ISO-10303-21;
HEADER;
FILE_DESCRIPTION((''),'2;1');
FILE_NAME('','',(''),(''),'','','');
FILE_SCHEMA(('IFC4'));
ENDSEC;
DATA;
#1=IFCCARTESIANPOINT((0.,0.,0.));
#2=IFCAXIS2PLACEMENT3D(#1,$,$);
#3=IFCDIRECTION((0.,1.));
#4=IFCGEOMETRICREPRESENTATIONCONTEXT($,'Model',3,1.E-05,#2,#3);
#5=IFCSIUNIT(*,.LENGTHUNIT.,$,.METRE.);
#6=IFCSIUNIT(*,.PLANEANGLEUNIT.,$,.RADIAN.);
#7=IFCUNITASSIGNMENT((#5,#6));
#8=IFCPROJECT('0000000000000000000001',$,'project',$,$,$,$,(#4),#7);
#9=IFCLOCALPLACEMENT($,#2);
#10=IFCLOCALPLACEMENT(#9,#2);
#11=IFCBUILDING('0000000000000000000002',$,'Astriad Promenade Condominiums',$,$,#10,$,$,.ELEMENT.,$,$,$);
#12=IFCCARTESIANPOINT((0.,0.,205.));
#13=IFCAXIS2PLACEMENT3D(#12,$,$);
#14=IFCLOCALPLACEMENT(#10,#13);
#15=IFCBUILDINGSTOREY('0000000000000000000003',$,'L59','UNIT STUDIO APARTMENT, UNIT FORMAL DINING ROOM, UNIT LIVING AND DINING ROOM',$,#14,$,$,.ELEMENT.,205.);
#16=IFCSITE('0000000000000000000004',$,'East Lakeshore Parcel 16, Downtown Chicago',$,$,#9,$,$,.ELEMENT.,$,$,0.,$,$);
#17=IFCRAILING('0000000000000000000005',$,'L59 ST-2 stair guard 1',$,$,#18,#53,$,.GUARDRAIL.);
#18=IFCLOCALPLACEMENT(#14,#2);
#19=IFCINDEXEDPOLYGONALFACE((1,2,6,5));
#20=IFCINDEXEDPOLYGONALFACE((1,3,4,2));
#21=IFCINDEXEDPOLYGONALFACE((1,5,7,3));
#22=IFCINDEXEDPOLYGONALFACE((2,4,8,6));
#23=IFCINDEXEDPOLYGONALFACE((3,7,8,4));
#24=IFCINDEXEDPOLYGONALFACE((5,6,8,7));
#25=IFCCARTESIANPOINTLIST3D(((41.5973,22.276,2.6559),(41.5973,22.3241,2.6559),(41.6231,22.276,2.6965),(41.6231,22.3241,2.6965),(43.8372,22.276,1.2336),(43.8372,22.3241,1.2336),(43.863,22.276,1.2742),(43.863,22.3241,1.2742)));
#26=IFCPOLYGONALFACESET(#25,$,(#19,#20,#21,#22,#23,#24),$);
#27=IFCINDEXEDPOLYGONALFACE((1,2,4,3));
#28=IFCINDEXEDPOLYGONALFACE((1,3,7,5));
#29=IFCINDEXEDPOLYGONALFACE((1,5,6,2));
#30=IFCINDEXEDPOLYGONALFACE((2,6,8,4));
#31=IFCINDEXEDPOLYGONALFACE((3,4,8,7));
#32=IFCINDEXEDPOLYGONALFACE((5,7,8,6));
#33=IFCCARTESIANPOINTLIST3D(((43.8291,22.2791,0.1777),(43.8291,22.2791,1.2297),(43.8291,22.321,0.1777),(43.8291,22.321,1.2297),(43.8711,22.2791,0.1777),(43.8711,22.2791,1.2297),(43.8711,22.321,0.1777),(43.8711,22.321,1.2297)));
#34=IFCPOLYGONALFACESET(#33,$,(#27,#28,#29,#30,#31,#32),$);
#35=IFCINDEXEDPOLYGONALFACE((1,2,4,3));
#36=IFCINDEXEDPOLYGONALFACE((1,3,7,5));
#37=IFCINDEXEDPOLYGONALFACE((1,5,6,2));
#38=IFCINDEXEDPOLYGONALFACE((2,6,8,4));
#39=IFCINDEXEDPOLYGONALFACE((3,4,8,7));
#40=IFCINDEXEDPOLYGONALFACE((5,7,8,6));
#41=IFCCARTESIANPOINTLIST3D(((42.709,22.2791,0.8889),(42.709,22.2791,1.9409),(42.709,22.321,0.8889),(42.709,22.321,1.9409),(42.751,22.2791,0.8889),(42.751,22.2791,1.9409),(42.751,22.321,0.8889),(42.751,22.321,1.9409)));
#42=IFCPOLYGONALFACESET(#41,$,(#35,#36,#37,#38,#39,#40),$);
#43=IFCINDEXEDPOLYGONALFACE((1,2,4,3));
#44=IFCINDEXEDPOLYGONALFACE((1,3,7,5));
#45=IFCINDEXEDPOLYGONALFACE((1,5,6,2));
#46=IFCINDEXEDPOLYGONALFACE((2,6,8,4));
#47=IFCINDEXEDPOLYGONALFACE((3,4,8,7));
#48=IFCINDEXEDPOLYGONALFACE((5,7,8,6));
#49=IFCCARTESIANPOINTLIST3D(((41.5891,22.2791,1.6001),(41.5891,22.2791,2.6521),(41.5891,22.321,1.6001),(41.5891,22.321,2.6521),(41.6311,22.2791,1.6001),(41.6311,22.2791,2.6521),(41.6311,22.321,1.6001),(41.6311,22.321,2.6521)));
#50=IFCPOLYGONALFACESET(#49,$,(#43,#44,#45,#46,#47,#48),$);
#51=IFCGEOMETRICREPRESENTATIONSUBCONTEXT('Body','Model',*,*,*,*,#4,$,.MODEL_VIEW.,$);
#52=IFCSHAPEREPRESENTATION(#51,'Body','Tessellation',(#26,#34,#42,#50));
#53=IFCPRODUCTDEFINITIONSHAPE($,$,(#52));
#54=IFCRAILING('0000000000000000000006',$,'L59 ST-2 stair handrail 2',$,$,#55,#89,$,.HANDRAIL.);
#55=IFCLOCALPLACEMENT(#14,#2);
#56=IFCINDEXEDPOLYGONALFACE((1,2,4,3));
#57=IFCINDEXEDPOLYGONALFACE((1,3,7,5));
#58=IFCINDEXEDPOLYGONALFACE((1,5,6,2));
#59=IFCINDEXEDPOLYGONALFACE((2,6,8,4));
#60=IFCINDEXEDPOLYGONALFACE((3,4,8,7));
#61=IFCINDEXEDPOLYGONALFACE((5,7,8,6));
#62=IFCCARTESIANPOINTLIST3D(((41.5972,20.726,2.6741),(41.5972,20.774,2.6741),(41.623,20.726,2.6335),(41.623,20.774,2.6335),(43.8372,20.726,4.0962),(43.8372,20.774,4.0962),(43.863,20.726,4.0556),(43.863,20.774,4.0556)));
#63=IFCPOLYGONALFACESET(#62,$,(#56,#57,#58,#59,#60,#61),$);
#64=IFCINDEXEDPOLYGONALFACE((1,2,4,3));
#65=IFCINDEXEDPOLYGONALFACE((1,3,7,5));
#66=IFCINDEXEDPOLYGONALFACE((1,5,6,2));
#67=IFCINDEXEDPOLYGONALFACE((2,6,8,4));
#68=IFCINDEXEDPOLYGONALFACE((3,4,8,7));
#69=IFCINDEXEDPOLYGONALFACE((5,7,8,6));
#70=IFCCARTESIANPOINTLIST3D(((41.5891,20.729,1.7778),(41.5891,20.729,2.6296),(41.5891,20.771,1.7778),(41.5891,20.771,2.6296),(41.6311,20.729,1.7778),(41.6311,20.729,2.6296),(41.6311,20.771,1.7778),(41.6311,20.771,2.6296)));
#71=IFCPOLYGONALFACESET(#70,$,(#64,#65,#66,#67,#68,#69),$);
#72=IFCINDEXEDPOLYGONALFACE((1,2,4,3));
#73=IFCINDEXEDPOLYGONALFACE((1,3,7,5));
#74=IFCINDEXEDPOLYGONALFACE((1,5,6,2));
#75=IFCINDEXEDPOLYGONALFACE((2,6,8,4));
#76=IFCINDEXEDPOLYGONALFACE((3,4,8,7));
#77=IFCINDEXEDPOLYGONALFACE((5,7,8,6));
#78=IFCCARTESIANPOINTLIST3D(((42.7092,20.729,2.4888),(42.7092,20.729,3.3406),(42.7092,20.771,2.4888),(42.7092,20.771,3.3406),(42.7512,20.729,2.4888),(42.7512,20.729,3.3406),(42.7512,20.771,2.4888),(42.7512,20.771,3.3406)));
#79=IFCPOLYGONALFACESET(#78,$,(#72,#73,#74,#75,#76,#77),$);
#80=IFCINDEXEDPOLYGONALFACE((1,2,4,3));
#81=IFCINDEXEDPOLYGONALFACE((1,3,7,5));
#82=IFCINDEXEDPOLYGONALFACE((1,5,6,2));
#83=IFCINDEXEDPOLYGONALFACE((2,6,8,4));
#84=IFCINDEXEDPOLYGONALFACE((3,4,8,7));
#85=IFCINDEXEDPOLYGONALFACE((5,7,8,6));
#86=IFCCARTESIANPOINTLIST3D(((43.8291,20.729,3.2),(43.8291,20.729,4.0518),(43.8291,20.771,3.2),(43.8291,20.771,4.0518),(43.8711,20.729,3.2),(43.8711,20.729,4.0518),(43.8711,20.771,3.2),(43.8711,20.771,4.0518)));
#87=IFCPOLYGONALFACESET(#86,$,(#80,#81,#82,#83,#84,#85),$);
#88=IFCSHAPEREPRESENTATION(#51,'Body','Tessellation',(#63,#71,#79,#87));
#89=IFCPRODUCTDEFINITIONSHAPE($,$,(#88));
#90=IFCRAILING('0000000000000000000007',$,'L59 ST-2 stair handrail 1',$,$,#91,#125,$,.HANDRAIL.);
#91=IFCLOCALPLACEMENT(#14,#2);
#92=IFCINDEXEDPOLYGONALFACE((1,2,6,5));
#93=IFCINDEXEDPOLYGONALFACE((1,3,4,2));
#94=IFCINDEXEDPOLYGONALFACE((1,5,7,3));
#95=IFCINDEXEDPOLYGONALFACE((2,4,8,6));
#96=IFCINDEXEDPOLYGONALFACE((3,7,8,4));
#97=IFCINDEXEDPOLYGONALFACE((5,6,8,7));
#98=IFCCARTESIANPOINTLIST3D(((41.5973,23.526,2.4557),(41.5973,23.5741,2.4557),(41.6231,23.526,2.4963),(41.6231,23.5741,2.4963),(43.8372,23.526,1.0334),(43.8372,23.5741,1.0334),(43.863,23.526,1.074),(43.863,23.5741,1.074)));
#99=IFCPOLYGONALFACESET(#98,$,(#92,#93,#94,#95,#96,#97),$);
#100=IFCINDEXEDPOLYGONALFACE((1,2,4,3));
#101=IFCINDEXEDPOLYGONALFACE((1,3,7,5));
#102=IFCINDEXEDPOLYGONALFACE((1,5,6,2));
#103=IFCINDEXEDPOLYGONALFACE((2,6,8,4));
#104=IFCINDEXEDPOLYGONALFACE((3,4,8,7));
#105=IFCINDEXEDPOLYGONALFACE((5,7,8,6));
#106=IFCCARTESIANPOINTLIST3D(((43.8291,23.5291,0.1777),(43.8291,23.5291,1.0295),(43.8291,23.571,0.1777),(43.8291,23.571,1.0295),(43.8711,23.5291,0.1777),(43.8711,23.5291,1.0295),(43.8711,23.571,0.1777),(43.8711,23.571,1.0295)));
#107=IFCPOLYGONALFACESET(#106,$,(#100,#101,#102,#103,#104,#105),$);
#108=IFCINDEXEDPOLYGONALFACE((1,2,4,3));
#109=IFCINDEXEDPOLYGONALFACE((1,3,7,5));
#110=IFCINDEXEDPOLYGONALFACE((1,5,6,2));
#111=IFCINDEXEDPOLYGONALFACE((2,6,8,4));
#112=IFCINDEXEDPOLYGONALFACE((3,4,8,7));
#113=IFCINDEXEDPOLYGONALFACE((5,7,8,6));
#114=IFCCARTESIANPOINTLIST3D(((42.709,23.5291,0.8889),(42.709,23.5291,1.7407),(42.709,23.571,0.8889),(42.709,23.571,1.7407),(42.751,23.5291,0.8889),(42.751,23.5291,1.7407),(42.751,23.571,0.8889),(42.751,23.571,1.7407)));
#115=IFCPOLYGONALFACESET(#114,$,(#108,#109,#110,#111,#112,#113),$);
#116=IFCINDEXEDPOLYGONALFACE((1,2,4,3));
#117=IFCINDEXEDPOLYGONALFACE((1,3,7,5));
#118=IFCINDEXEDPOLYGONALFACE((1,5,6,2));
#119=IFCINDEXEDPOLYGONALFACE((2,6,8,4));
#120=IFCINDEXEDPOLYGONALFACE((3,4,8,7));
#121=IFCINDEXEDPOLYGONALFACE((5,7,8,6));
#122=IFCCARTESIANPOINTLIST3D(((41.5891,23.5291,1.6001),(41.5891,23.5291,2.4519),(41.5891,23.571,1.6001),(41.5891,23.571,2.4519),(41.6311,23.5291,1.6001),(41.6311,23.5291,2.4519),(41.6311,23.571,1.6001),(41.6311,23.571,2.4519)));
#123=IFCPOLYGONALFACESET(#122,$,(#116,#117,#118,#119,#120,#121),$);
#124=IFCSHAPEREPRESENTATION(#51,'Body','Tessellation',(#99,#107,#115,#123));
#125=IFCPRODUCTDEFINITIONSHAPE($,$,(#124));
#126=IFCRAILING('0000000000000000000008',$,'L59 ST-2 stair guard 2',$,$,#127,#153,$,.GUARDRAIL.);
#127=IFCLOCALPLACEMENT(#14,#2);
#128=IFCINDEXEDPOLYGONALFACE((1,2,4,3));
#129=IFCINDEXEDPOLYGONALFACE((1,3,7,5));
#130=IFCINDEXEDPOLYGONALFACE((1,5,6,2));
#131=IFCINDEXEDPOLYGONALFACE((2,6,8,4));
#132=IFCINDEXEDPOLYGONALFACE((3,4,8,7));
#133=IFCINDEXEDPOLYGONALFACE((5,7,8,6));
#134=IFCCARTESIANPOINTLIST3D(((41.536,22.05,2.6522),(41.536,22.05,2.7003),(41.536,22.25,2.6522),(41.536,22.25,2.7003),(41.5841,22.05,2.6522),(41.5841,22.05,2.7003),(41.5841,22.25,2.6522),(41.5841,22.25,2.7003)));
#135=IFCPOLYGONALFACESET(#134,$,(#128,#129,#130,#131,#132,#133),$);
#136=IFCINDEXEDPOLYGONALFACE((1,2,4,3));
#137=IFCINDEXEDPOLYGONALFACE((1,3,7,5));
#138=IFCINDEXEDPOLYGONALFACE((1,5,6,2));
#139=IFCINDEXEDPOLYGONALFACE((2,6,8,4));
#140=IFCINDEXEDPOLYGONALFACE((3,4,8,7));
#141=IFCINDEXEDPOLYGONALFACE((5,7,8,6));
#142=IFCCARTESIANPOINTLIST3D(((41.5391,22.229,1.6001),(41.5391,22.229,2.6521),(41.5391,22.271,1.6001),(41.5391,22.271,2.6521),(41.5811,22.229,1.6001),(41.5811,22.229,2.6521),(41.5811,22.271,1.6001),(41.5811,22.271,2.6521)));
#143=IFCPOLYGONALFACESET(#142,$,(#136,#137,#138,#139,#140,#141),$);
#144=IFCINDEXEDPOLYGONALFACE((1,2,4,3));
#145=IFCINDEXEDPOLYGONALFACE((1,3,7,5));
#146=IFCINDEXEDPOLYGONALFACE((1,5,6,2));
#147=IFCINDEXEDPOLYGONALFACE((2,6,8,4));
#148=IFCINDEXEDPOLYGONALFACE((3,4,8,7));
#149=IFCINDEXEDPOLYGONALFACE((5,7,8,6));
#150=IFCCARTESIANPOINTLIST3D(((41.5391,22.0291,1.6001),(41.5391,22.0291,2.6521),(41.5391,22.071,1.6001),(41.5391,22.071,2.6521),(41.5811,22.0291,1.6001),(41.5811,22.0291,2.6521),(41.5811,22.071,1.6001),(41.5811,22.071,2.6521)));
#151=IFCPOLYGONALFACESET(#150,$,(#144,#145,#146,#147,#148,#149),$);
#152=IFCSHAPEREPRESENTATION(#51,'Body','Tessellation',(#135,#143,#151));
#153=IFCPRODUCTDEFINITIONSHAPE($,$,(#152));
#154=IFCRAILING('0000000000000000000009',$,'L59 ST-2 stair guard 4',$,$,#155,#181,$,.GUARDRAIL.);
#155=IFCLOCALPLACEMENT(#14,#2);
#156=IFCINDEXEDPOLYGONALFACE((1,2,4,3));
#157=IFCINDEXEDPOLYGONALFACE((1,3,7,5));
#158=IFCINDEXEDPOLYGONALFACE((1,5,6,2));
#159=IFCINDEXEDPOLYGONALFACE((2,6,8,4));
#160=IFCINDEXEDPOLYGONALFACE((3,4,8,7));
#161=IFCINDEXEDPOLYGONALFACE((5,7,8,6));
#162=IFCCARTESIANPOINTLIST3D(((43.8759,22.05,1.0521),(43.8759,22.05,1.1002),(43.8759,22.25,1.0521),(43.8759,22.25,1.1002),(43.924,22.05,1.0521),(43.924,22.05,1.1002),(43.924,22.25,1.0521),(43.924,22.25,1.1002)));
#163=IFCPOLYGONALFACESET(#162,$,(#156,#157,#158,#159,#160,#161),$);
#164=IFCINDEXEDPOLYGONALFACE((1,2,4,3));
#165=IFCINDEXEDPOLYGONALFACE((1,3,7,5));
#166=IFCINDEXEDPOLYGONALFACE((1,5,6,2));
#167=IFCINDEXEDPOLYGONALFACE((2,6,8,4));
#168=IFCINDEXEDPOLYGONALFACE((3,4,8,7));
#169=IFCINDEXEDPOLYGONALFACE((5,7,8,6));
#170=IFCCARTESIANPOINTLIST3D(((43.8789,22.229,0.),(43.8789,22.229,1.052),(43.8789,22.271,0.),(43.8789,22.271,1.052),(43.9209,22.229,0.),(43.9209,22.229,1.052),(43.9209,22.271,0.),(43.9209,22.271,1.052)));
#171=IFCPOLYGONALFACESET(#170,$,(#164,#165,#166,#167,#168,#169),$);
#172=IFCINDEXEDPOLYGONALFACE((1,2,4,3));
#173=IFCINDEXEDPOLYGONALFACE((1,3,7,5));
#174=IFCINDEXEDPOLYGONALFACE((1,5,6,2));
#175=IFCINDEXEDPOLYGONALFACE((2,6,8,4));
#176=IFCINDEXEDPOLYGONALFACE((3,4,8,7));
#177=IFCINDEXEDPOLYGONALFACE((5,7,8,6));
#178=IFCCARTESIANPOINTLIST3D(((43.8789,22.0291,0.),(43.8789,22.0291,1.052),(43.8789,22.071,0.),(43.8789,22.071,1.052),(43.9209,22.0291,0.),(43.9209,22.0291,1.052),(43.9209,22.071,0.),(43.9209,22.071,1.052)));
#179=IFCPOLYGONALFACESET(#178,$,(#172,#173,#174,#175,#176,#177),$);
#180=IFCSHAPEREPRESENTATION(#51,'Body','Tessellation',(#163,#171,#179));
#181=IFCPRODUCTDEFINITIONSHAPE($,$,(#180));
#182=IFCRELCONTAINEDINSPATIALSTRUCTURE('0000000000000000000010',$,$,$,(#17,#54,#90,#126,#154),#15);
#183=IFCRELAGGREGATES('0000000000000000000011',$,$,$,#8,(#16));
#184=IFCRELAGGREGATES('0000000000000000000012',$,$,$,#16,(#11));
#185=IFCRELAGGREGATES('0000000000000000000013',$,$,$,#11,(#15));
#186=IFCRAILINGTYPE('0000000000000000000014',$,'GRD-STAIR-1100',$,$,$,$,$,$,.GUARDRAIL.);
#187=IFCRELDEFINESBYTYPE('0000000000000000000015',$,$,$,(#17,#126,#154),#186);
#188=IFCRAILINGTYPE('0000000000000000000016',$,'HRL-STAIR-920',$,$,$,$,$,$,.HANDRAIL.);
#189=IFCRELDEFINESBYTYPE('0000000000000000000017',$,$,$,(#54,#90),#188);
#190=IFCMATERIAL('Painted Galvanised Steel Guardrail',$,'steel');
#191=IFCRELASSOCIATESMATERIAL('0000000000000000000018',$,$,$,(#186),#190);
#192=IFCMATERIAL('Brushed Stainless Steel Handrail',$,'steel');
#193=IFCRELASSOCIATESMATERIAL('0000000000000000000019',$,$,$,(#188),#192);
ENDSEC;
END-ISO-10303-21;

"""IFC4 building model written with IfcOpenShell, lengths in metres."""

from ifc_helpers import new_model, si_unit, direction, frame, origin, origin_2d, place, context, subcontext, project, spatial, rectangle, extrude, source, transform, mapped, material, type_object, type_shapes, element, save


model = new_model("IFC4")

# Units and contexts
model_context = context("Model", 3, precision=1e-05, world=origin(), true_north=direction((0.0, 1.0)))
body_context = subcontext(model_context, "Body", "Model", "MODEL_VIEW")
ifc_project = project(units=[si_unit("LENGTHUNIT", "METRE"), si_unit("PLANEANGLEUNIT", "RADIAN")], contexts=[model_context])

# Site, building, storey
site_placement = place(None, origin())
site = spatial("IfcSite", under=ifc_project, at=site_placement, Name="East Lakeshore Parcel 16, Downtown Chicago", CompositionType="ELEMENT", RefElevation=0.0)
building_placement = place(site_placement, origin())
building = spatial("IfcBuilding", under=site, at=building_placement, Name="Astriad Promenade Condominiums", CompositionType="ELEMENT")
storey_placement = place(building_placement, frame((0.0, 0.0, 205.0)))
storey = spatial("IfcBuildingStorey", under=building, at=storey_placement, Name="L59", Description="UNIT STUDIO APARTMENT, UNIT FORMAL DINING ROOM, UNIT LIVING AND DINING ROOM", CompositionType="ELEMENT", Elevation=205.0)

# Railings
ifc_material_1 = material(Name="Painted Galvanised Steel Guardrail", Category="steel")
railing_type_1 = type_object("IfcRailingType", Name="GRD-STAIR-1100", PredefinedType="GUARDRAIL", material=ifc_material_1)
shared_shape_1 = source(origin(), body_context, "Body", "SweptSolid", [
    extrude(rectangle(XDim=0.0481, YDim=0.0481, at=origin_2d()), frame((0.0, 0.0, 1.0762), z_axis=(-0.844188, 0.0, 0.536048), x_axis=(0.0, -1.0, 0.0)), (0.0, 0.0, 1.0), 2.6533),
    extrude(rectangle(XDim=0.042, YDim=0.042, at=origin_2d()), origin(), (0.0, 0.0, 1.0), 1.052),
    extrude(rectangle(XDim=0.042, YDim=0.042, at=origin_2d()), frame((-1.1201, 0.0, 0.7112)), (0.0, 0.0, 1.0), 1.052),
    extrude(rectangle(XDim=0.042, YDim=0.042, at=origin_2d()), frame((-2.24, 0.0, 1.4224)), (0.0, 0.0, 1.0), 1.052),
])
railing_1_placement = place(storey_placement, frame((43.8501, 22.3, 0.1777)))
element("IfcRailing", 1, at=railing_1_placement, inside=storey, type_object=railing_type_1, Name="L59 ST-2 stair guard 1", PredefinedType="GUARDRAIL", context=body_context, shape_type="MappedRepresentation", body=[
    mapped(shared_shape_1, transform((0.0, 0.0, 0.0), scale=1.0)),
])
ifc_material_2 = material(Name="Brushed Stainless Steel Handrail", Category="steel")
railing_type_2 = type_object("IfcRailingType", Name="HRL-STAIR-920", PredefinedType="HANDRAIL", material=ifc_material_2)
shared_shape_2 = source(origin(), body_context, "Body", "SweptSolid", [
    extrude(rectangle(XDim=0.0481, YDim=0.0481, at=origin_2d()), frame((0.0, 0.0, 0.876), z_axis=(0.844229, 0.0, 0.535982), x_axis=(0.0, 1.0, 0.0)), (0.0, 0.0, 1.0), 2.6533),
    extrude(rectangle(XDim=0.042, YDim=0.042, at=origin_2d()), origin(), (0.0, 0.0, 1.0), 0.8518),
    extrude(rectangle(XDim=0.042, YDim=0.042, at=origin_2d()), frame((1.1201, 0.0, 0.7109)), (0.0, 0.0, 1.0), 0.8518),
    extrude(rectangle(XDim=0.042, YDim=0.042, at=origin_2d()), frame((2.24, 0.0, 1.4221)), (0.0, 0.0, 1.0), 0.8518),
])
railing_2_placement = place(storey_placement, frame((41.6101, 20.75, 1.7778)))
element("IfcRailing", 2, at=railing_2_placement, inside=storey, type_object=railing_type_2, Name="L59 ST-2 stair handrail 2", PredefinedType="HANDRAIL", context=body_context, shape_type="MappedRepresentation", body=[
    mapped(shared_shape_2, transform((0.0, 0.0, 0.0), scale=1.0)),
])
shared_shape_3 = source(origin(), body_context, "Body", "SweptSolid", [
    extrude(rectangle(XDim=0.0481, YDim=0.0481, at=origin_2d()), frame((0.0, 0.0, 0.876), z_axis=(-0.844188, 0.0, 0.536048), x_axis=(0.0, -1.0, 0.0)), (0.0, 0.0, 1.0), 2.6533),
    extrude(rectangle(XDim=0.042, YDim=0.042, at=origin_2d()), origin(), (0.0, 0.0, 1.0), 0.8518),
    extrude(rectangle(XDim=0.042, YDim=0.042, at=origin_2d()), frame((-1.1201, 0.0, 0.7112)), (0.0, 0.0, 1.0), 0.8518),
    extrude(rectangle(XDim=0.042, YDim=0.042, at=origin_2d()), frame((-2.24, 0.0, 1.4224)), (0.0, 0.0, 1.0), 0.8518),
])
type_shapes(railing_type_2, [shared_shape_2, shared_shape_3])
railing_3_placement = place(storey_placement, frame((43.8501, 23.55, 0.1777)))
element("IfcRailing", 3, at=railing_3_placement, inside=storey, type_object=railing_type_2, Name="L59 ST-2 stair handrail 1", PredefinedType="HANDRAIL", context=body_context, shape_type="MappedRepresentation", body=[
    mapped(shared_shape_3, transform((0.0, 0.0, 0.0), scale=1.0)),
])
shared_shape_4 = source(origin(), body_context, "Body", "SweptSolid", [
    extrude(rectangle(XDim=0.0481, YDim=0.0481, at=origin_2d()), frame((0.0, 0.0, 1.0762), z_axis=(0.0, -1.0, 0.0), x_axis=(1.0, 0.0, 0.0)), (0.0, 0.0, 1.0), 0.2),
    extrude(rectangle(XDim=0.042, YDim=0.042, at=origin_2d()), origin(), (0.0, 0.0, 1.0), 1.052),
    extrude(rectangle(XDim=0.042, YDim=0.042, at=origin_2d()), frame((0.0, -0.2, 0.0)), (0.0, 0.0, 1.0), 1.052),
])
for number, where, name in (
    (4, (41.5601, 22.25, 1.6001), "L59 ST-2 stair guard 2"),
    (5, (43.8999, 22.25, 0.0), "L59 ST-2 stair guard 4"),
):
    element("IfcRailing", number, at=place(storey_placement, frame(where)), inside=storey, type_object=railing_type_1, Name=name, PredefinedType="GUARDRAIL", context=body_context, shape_type="MappedRepresentation", body=[
        mapped(shared_shape_4, transform((0.0, 0.0, 0.0), scale=1.0)),
    ])

save(model, "model.ifc")
